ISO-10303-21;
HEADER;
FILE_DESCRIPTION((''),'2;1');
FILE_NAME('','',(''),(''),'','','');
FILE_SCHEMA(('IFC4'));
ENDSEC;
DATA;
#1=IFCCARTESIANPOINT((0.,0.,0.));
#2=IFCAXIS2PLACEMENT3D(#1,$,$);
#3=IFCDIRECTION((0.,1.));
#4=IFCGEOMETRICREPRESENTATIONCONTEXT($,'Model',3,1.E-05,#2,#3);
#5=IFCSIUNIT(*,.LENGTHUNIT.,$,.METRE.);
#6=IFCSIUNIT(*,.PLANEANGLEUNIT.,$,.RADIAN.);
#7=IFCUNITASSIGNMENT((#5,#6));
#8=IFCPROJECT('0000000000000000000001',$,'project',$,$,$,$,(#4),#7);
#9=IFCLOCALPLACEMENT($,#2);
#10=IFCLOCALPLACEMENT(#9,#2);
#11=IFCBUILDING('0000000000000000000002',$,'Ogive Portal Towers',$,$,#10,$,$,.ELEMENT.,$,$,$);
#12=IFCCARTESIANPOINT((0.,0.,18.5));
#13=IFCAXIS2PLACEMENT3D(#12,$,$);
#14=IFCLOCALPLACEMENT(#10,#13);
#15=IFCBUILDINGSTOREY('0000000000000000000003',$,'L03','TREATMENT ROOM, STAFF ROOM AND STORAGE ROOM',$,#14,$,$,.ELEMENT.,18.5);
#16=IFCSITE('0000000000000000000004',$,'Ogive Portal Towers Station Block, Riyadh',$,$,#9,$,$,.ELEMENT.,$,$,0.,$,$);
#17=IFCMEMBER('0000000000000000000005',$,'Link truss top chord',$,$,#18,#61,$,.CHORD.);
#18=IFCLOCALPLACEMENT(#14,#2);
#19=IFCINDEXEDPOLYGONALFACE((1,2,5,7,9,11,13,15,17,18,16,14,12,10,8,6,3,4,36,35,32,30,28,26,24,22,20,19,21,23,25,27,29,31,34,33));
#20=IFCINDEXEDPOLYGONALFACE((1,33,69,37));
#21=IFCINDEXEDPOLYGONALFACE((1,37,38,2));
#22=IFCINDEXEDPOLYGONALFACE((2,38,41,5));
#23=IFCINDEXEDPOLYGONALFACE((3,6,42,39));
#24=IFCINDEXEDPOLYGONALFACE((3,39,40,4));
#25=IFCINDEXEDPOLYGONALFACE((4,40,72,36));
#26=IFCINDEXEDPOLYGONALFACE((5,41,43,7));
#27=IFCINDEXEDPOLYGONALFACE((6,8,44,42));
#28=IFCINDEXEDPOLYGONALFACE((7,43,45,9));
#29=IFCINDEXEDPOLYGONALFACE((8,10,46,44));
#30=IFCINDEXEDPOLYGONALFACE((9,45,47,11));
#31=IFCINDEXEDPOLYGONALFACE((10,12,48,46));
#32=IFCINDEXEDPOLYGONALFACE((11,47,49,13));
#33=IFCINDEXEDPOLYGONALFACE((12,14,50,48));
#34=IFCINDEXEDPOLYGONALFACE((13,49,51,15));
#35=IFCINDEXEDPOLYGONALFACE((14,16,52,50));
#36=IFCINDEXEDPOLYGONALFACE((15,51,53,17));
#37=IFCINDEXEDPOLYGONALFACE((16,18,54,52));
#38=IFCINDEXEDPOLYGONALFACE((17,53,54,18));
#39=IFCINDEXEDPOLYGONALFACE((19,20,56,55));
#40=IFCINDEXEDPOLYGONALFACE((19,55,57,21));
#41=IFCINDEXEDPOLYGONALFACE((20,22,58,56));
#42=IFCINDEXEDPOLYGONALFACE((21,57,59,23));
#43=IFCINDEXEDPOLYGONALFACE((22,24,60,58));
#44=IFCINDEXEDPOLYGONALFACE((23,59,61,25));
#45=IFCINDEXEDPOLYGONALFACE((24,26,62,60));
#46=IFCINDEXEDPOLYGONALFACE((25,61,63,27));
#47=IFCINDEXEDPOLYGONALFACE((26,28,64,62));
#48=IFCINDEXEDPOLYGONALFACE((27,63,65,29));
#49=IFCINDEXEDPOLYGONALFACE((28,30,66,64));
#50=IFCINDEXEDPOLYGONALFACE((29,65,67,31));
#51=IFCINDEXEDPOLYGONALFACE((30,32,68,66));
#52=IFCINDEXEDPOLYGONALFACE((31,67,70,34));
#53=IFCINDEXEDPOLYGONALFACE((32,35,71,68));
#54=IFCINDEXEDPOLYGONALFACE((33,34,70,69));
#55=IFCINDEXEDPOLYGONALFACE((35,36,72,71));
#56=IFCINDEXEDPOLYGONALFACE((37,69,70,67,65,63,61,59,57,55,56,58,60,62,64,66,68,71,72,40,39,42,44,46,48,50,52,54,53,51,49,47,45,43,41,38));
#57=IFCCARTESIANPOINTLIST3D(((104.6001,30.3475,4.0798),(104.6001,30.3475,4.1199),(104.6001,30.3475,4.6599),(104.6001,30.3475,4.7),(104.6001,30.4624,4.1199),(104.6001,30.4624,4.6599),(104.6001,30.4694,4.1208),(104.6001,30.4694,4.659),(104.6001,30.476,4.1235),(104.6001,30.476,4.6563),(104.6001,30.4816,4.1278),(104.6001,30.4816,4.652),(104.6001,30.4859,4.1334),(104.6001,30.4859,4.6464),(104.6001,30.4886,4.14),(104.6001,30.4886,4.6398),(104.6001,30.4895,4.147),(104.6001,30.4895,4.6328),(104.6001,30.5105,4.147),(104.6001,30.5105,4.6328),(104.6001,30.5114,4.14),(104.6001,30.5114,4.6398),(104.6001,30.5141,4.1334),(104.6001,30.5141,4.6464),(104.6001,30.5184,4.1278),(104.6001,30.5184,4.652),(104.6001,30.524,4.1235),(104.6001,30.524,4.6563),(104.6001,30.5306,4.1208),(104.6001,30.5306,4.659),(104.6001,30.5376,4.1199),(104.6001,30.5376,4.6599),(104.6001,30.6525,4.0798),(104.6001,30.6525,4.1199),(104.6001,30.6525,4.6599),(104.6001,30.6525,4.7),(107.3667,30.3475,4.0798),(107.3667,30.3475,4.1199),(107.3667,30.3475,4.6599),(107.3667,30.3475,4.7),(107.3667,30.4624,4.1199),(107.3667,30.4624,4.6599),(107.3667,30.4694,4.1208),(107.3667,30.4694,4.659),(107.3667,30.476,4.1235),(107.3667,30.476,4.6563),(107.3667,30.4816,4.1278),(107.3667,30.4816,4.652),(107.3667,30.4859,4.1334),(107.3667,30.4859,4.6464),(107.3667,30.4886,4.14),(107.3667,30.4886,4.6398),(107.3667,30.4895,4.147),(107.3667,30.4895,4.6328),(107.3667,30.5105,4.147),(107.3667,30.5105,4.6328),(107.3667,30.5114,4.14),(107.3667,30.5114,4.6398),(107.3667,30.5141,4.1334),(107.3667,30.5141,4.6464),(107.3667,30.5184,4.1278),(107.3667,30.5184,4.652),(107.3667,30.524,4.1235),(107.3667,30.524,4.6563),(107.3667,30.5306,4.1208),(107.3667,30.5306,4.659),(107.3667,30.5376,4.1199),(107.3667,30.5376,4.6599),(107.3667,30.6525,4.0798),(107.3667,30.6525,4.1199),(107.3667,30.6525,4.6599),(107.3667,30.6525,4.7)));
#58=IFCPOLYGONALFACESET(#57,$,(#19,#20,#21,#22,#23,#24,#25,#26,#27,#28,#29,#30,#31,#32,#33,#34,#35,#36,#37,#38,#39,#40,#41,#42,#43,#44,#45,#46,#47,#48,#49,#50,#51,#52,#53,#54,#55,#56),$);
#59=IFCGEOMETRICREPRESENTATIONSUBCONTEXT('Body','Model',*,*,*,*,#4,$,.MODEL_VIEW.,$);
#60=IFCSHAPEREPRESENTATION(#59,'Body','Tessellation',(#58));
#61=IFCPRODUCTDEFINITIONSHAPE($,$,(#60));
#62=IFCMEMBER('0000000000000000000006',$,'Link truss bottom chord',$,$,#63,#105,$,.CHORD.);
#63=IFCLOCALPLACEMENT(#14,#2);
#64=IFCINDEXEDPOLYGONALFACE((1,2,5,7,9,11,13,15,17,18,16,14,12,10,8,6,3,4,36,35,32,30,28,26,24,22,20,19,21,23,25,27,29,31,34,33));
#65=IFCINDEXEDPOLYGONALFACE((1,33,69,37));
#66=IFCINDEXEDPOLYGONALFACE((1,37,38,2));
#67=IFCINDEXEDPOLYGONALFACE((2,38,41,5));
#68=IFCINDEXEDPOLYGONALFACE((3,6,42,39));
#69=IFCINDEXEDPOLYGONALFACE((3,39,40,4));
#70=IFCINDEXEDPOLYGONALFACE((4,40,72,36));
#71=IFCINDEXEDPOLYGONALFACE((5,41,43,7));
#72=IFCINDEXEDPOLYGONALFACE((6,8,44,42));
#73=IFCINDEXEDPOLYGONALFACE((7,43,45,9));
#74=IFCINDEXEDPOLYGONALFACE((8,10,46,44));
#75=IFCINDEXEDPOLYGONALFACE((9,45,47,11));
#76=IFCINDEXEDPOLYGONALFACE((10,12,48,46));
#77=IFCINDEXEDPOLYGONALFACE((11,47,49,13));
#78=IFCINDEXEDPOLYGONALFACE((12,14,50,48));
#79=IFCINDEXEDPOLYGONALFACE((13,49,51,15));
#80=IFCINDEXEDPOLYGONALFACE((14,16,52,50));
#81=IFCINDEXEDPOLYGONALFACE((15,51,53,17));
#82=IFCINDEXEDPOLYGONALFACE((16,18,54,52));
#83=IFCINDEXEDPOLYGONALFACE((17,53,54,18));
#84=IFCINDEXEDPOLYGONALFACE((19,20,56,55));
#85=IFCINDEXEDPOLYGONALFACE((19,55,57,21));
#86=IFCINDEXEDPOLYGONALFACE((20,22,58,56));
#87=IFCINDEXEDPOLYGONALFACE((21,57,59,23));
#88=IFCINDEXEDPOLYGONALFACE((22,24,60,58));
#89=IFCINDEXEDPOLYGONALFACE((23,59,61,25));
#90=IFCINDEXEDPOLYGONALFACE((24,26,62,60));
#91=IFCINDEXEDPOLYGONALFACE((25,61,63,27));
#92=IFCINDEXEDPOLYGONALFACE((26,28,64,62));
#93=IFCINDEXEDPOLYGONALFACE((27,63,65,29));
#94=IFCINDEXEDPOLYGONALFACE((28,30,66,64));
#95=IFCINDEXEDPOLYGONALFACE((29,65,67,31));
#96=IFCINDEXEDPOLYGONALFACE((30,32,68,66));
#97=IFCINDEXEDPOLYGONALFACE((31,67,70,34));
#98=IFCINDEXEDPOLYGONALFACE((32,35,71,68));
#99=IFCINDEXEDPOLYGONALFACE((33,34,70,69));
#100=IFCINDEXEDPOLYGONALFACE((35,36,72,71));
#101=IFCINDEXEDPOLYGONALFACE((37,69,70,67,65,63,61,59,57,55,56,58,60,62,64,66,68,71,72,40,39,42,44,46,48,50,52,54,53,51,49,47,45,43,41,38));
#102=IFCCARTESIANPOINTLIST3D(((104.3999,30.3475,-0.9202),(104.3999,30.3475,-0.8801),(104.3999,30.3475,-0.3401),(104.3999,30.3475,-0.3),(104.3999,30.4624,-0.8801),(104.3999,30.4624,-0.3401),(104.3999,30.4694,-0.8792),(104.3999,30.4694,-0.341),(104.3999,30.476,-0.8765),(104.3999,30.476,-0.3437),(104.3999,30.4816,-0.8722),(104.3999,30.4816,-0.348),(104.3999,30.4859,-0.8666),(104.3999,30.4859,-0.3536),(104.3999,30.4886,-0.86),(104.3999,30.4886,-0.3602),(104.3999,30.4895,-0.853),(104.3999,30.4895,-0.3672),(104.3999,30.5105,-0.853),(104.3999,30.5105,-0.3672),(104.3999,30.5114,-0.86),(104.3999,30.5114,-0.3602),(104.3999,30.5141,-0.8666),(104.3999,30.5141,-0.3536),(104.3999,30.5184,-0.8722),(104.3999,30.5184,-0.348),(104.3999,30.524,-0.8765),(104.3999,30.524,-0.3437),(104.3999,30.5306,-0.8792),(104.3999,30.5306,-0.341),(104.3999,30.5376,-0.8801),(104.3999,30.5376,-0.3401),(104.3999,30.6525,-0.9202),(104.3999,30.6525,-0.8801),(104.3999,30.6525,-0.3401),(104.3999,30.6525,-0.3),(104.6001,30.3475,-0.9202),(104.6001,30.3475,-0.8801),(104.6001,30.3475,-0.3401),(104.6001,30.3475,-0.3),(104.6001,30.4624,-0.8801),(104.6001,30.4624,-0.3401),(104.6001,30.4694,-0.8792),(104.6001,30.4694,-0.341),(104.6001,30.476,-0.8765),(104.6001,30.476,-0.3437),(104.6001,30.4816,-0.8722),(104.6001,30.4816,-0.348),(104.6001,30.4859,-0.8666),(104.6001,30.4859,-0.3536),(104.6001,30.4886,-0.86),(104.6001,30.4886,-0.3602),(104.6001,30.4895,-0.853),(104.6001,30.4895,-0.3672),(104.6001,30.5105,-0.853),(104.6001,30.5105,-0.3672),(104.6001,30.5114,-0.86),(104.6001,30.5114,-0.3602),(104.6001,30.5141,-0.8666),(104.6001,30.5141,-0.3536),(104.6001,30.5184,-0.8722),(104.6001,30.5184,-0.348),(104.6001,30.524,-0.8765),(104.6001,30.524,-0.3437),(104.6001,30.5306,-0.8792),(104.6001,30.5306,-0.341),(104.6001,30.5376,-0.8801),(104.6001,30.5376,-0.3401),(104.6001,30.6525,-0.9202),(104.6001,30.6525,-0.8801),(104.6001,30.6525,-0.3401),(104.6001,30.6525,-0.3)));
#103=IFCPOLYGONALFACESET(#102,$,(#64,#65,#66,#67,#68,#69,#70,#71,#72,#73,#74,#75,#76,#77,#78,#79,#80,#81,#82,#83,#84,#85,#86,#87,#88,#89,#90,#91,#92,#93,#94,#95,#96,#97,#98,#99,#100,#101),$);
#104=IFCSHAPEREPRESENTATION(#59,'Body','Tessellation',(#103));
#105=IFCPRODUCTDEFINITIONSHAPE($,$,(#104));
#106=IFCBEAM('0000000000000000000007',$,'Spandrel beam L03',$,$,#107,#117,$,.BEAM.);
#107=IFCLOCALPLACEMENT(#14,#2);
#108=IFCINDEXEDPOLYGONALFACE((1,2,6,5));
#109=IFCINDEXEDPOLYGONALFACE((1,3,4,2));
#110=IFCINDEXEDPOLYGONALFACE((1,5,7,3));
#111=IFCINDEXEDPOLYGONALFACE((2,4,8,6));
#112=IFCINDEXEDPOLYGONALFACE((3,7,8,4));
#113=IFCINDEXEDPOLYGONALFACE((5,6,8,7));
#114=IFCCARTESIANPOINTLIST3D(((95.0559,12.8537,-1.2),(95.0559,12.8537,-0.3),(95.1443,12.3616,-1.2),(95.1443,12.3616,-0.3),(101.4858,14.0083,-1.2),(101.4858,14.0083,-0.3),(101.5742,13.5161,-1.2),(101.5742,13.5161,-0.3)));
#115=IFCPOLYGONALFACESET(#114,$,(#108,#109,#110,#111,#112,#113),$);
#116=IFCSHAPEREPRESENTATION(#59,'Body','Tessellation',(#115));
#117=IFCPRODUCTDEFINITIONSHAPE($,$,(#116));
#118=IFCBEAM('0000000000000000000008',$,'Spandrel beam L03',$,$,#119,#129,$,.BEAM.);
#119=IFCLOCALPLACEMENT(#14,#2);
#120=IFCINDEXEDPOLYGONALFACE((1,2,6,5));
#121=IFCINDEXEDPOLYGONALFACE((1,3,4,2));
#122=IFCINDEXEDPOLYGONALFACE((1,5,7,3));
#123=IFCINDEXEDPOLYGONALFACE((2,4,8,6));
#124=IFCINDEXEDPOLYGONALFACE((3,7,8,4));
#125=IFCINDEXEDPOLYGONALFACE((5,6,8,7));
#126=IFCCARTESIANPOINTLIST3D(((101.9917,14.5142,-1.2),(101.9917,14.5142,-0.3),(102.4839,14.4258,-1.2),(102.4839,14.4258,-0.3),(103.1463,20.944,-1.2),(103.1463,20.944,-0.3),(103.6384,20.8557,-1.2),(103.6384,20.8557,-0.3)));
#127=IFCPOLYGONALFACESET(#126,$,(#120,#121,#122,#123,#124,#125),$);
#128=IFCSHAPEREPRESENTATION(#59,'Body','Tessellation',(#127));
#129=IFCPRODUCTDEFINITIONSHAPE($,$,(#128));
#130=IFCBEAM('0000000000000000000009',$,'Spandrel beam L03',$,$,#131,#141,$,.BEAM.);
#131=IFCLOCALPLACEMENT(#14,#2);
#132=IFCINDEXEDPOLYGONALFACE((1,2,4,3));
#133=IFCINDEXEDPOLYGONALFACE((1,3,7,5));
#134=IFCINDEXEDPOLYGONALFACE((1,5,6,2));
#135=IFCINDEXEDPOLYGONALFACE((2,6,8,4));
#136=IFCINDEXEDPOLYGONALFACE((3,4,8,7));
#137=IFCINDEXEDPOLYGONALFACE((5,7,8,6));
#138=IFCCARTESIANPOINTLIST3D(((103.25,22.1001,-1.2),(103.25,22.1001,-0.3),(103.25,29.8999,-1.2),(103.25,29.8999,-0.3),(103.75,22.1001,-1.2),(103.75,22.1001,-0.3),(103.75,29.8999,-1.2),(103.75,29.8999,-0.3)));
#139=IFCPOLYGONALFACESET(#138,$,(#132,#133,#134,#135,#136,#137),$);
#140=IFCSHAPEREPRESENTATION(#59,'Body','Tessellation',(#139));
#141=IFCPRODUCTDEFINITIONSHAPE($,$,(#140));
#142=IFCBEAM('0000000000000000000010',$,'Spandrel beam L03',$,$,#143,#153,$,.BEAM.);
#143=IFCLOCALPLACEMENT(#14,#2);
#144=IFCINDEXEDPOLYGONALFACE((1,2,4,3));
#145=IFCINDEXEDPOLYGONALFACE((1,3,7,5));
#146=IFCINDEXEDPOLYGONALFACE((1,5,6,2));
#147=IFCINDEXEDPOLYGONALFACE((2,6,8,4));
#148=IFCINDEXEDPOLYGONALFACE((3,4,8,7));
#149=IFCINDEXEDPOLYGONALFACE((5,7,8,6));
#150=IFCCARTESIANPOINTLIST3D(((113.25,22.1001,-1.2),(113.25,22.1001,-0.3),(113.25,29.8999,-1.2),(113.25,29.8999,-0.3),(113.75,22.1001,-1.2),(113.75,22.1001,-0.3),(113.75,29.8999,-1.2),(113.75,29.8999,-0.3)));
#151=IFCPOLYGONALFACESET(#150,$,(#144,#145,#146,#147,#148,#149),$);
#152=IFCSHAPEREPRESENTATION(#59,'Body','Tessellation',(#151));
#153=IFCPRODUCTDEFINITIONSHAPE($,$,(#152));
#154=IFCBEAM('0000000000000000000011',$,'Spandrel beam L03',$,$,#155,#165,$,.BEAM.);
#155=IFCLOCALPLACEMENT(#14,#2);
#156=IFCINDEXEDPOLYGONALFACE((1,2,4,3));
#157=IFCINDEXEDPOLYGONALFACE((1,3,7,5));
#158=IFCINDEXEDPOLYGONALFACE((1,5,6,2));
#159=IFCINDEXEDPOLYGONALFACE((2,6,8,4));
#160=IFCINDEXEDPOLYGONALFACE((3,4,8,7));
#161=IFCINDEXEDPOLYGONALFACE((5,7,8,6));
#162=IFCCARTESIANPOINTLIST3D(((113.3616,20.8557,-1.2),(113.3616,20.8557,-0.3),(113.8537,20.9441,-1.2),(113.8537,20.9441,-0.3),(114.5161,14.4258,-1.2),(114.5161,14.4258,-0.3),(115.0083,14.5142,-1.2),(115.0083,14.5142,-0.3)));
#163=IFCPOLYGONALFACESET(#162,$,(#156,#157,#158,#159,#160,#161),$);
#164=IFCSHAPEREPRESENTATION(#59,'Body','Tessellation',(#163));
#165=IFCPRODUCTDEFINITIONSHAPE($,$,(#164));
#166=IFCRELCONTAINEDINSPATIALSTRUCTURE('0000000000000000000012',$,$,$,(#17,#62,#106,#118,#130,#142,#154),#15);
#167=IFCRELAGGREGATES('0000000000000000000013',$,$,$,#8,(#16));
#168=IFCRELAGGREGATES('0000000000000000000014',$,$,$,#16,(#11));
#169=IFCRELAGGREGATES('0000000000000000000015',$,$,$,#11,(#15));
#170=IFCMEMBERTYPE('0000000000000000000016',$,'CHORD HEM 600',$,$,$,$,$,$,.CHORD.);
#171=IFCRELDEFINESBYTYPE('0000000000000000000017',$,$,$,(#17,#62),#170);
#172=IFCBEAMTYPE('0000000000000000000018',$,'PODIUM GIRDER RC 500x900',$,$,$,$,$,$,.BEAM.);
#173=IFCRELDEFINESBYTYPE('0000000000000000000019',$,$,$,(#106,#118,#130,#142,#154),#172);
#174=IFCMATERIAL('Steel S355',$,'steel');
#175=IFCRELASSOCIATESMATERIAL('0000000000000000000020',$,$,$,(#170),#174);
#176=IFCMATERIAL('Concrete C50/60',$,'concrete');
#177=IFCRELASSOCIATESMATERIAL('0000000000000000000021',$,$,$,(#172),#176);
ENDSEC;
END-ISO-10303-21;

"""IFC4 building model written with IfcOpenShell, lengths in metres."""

from ifc_helpers import new_model, si_unit, direction, frame, origin, origin_2d, place, context, subcontext, project, spatial, rectangle, i_section, extrude, material, material_profile, profile_set, type_object, element, save


model = new_model("IFC4")

# Units and contexts
model_context = context("Model", 3, precision=1e-05, world=origin(), true_north=direction((0.0, 1.0)))
body_context = subcontext(model_context, "Body", "Model", "MODEL_VIEW")
ifc_project = project(units=[si_unit("LENGTHUNIT", "METRE"), si_unit("PLANEANGLEUNIT", "RADIAN")], contexts=[model_context])

# Site, building, storey
site_placement = place(None, origin())
site = spatial("IfcSite", under=ifc_project, at=site_placement, Name="Ogive Portal Towers Station Block, Riyadh", CompositionType="ELEMENT", RefElevation=0.0)
building_placement = place(site_placement, origin())
building = spatial("IfcBuilding", under=site, at=building_placement, Name="Ogive Portal Towers", CompositionType="ELEMENT")
storey_placement = place(building_placement, frame((0.0, 0.0, 18.5)))
storey = spatial("IfcBuildingStorey", under=building, at=storey_placement, Name="L03", Description="TREATMENT ROOM, STAFF ROOM AND STORAGE ROOM", CompositionType="ELEMENT", Elevation=18.5)

# Shared definitions
ifc_material_1 = material(Name="Concrete C50/60", Category="concrete")

# Members
ifc_material_2 = material(Name="Steel S355", Category="steel")
ifc_material_profile_1 = material_profile(ifc_material_2, i_section(OverallWidth=0.3049, OverallDepth=0.6201, WebThickness=0.021, FlangeThickness=0.04, FilletRadius=0.0271, at=origin_2d()), Name="HEM 600")
ifc_profile_set_1 = profile_set([ifc_material_profile_1], Name="Steel S355")
member_type_1 = type_object("IfcMemberType", Name="CHORD HEM 600", PredefinedType="CHORD", material=ifc_profile_set_1)
for number, where, z_axis, x_axis, name in (
    (1, (104.6001, 30.5, 4.3899), (1.0, 0.0, 0.0), (0.0, 1.0, 0.0), "Link truss top chord"),
):
    element("IfcMember", number, at=place(storey_placement, frame(where, z_axis=z_axis, x_axis=x_axis)), inside=storey, type_object=member_type_1, Name=name, PredefinedType="CHORD", context=body_context, shape_type="SweptSolid", body=[
        extrude(i_section(OverallWidth=0.3049, OverallDepth=0.6201, WebThickness=0.021, FlangeThickness=0.04, FilletRadius=0.0271, at=origin_2d()), origin(), (0.0, 0.0, 1.0), 2.7666),
    ])
member_1_placement = place(storey_placement, frame((104.3999, 30.5, -0.6101), z_axis=(1.0, 0.0, 0.0), x_axis=(0.0, 1.0, 0.0)))
element("IfcMember", 2, at=member_1_placement, inside=storey, type_object=member_type_1, Name="Link truss bottom chord", PredefinedType="CHORD", context=body_context, shape_type="SweptSolid", body=[
    extrude(i_section(OverallWidth=0.3049, OverallDepth=0.6201, WebThickness=0.021, FlangeThickness=0.04, FilletRadius=0.0271, at=origin_2d()), origin(), (0.0, 0.0, 1.0), 0.2002),
])

# Beams
ifc_material_profile_2 = material_profile(ifc_material_1, rectangle(XDim=0.5, YDim=0.8999, at=origin_2d()), Name="RC 500x900")
ifc_profile_set_2 = profile_set([ifc_material_profile_2], Name="Concrete C50/60")
beam_type_1 = type_object("IfcBeamType", Name="PODIUM GIRDER RC 500x900", PredefinedType="BEAM", material=ifc_profile_set_2)
for number, where, z_axis, x_axis, name in (
    (3, (95.1001, 12.6077, -0.75), (0.984259, 0.176731, 0.0), (-0.176731, 0.984259, 0.0), "Spandrel beam L03"),
    (4, (102.2378, 14.47, -0.75), (0.176731, 0.984259, 0.0), (-0.984259, 0.176731, 0.0), "Spandrel beam L03"),
):
    element("IfcBeam", number, at=place(storey_placement, frame(where, z_axis=z_axis, x_axis=x_axis)), inside=storey, type_object=beam_type_1, Name=name, PredefinedType="BEAM", context=body_context, shape_type="SweptSolid", body=[
        extrude(rectangle(XDim=0.5, YDim=0.8999, at=origin_2d()), origin(), (0.0, 0.0, 1.0), 6.5327),
    ])
for number, where, z_axis, x_axis, name in (
    (5, (103.5, 22.1001, -0.75), (0.0, 1.0, 0.0), (-1.0, 0.0, 0.0), "Spandrel beam L03"),
    (6, (113.5, 29.8999, -0.75), (0.0, -1.0, 0.0), (1.0, 0.0, 0.0), "Spandrel beam L03"),
):
    element("IfcBeam", number, at=place(storey_placement, frame(where, z_axis=z_axis, x_axis=x_axis)), inside=storey, type_object=beam_type_1, Name=name, PredefinedType="BEAM", context=body_context, shape_type="SweptSolid", body=[
        extrude(rectangle(XDim=0.5, YDim=0.8999, at=origin_2d()), origin(), (0.0, 0.0, 1.0), 7.7998),
    ])
beam_1_placement = place(storey_placement, frame((113.6077, 20.8999, -0.75), z_axis=(0.176731, -0.984259, 0.0), x_axis=(0.984259, 0.176731, 0.0)))
element("IfcBeam", 7, at=beam_1_placement, inside=storey, type_object=beam_type_1, Name="Spandrel beam L03", PredefinedType="BEAM", context=body_context, shape_type="SweptSolid", body=[
    extrude(rectangle(XDim=0.5, YDim=0.8999, at=origin_2d()), origin(), (0.0, 0.0, 1.0), 6.5327),
])

save(model, "model.ifc")
